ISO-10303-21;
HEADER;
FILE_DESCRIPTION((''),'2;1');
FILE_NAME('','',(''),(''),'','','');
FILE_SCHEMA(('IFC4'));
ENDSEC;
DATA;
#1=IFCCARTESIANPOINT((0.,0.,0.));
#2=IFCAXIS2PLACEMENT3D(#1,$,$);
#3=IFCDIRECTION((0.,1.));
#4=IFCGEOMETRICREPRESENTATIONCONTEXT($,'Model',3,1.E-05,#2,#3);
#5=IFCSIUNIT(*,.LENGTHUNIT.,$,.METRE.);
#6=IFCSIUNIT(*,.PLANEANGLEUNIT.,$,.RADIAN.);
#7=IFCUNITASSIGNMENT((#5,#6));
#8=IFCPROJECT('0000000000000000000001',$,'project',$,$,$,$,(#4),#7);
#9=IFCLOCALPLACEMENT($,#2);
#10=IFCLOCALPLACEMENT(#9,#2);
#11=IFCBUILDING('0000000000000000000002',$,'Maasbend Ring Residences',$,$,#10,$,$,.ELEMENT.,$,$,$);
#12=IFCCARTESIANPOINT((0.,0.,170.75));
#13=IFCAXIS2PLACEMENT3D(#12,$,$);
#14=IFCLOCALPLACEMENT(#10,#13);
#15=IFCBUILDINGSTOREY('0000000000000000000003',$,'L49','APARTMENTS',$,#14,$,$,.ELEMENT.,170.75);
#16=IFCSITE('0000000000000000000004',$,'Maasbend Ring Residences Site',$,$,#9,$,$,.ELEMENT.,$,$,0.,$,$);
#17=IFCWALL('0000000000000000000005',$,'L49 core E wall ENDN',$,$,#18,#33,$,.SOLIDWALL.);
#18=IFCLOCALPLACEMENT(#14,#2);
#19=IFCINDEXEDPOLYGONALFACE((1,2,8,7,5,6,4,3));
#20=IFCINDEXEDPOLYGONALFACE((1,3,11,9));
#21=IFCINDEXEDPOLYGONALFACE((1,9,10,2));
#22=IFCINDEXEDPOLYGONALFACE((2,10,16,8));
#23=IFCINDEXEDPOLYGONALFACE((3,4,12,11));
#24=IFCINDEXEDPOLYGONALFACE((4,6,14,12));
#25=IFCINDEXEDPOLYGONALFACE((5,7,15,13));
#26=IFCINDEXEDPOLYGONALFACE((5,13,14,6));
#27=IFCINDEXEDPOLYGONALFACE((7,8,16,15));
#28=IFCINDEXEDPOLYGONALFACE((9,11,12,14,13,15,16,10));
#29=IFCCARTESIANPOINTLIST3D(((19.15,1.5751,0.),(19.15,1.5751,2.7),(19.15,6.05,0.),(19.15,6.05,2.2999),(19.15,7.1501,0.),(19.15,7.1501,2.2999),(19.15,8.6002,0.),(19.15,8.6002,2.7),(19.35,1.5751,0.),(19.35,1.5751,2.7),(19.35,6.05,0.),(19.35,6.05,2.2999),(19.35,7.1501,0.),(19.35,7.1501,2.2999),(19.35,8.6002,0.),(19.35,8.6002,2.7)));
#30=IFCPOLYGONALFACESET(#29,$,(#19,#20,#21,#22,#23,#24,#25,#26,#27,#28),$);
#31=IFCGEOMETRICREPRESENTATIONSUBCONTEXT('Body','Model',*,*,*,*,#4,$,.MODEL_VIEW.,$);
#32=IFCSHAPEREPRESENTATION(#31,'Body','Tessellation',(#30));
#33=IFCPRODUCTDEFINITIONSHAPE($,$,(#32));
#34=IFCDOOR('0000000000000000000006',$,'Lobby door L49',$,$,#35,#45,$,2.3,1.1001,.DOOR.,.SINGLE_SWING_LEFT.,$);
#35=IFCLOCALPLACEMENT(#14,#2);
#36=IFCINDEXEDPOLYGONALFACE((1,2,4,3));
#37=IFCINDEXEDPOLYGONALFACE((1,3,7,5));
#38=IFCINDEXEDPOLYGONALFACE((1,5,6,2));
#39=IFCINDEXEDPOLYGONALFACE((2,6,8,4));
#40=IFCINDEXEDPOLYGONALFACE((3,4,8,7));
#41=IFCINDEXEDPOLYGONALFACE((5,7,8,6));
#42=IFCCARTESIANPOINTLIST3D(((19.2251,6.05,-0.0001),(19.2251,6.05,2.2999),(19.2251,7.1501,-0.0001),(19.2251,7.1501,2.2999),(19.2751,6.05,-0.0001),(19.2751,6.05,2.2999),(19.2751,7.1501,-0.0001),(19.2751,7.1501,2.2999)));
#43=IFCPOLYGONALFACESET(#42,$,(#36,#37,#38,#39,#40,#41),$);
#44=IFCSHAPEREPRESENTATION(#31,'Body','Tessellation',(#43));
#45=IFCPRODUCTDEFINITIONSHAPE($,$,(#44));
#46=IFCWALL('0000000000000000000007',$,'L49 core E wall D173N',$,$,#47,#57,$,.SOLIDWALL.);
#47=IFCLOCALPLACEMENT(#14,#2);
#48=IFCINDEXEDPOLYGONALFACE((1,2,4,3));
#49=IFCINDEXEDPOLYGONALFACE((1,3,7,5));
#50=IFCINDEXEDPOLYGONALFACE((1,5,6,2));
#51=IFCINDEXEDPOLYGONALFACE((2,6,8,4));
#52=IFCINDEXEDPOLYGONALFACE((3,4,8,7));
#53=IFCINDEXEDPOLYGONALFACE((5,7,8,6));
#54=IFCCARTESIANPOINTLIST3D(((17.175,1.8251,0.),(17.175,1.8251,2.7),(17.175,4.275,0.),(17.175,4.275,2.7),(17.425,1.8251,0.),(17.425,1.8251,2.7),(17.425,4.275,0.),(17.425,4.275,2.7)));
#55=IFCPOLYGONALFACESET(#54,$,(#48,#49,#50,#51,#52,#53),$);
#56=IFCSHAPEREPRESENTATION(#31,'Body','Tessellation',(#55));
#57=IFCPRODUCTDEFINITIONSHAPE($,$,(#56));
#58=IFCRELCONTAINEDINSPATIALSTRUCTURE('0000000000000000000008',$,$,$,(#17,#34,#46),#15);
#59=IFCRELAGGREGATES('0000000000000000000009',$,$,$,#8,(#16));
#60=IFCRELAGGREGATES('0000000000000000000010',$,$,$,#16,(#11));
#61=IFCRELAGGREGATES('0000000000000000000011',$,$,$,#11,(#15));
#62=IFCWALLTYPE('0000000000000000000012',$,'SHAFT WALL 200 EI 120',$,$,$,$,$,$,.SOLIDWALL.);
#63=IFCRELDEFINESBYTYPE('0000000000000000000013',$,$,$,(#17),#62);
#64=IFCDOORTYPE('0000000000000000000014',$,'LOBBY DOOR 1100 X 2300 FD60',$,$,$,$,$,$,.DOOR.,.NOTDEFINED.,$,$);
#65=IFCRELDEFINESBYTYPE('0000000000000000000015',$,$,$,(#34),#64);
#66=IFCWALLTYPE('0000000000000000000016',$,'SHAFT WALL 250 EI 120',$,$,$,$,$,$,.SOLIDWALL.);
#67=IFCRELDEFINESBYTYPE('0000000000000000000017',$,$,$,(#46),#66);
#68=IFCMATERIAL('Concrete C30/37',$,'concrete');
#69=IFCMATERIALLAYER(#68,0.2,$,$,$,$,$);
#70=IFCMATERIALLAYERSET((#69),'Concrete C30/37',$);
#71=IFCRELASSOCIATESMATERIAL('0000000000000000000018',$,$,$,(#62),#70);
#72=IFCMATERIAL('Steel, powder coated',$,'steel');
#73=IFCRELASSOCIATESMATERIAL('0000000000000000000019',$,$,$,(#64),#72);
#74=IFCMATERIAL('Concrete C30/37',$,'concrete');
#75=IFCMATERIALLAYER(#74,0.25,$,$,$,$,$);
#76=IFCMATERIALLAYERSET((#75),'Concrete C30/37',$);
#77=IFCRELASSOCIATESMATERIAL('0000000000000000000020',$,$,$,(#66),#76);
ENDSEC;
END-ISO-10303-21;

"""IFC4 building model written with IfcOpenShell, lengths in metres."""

from ifc_helpers import new_model, si_unit, direction, frame, frame_2d, origin, place, context, subcontext, project, spatial, rectangle, extrude, material, layer, layer_set, type_object, element, fill, save


model = new_model("IFC4")

# Units and contexts
model_context = context("Model", 3, precision=1e-05, world=origin(), true_north=direction((0.0, 1.0)))
body_context = subcontext(model_context, "Body", "Model", "MODEL_VIEW")
ifc_project = project(units=[si_unit("LENGTHUNIT", "METRE"), si_unit("PLANEANGLEUNIT", "RADIAN")], contexts=[model_context])

# Site, building, storey
site_placement = place(None, origin())
site = spatial("IfcSite", under=ifc_project, at=site_placement, Name="Maasbend Ring Residences Site", CompositionType="ELEMENT", RefElevation=0.0)
building_placement = place(site_placement, origin())
building = spatial("IfcBuilding", under=site, at=building_placement, Name="Maasbend Ring Residences", CompositionType="ELEMENT")
storey_placement = place(building_placement, frame((0.0, 0.0, 170.75)))
storey = spatial("IfcBuildingStorey", under=building, at=storey_placement, Name="L49", Description="APARTMENTS", CompositionType="ELEMENT", Elevation=170.75)

# Wall, opening, door
ifc_material_1 = material(Name="Concrete C30/37", Category="concrete")
ifc_layer_1 = layer(ifc_material_1, 0.2)
ifc_layer_set_1 = layer_set([ifc_layer_1], Name="Concrete C30/37")
wall_type_1 = type_object("IfcWallType", Name="SHAFT WALL 200 EI 120", PredefinedType="SOLIDWALL", material=ifc_layer_set_1)
wall_1_placement = place(storey_placement, frame((19.25, 1.575, 0.0), z_axis=(0.0, 0.0, 1.0), x_axis=(0.0, 1.0, 0.0)))
wall_1 = element("IfcWall", 1, at=wall_1_placement, inside=storey, type_object=wall_type_1, Name="L49 core E wall ENDN", PredefinedType="SOLIDWALL", context=body_context, shape_type="SweptSolid", body=[
    extrude(rectangle(XDim=7.0251, YDim=0.2, at=frame_2d((3.5127, 0.0))), origin(), (0.0, 0.0, 1.0), 2.7),
])
opening_1_placement = place(wall_1_placement, frame((4.4751, 0.0, 0.0)))
opening_1 = element("IfcOpeningElement", 2, at=opening_1_placement, cuts=wall_1, PredefinedType="OPENING", context=body_context, shape_type="SweptSolid", body=[
    extrude(rectangle(XDim=1.1001, YDim=2.3, at=frame_2d((0.55, 1.1499))), frame((0.0, 0.1099, 0.0), z_axis=(0.0, -1.0, 0.0), x_axis=(1.0, 0.0, 0.0)), (0.0, 0.0, 1.0), 0.22),
])
ifc_material_2 = material(Name="Steel, powder coated", Category="steel")
door_type_1 = type_object("IfcDoorType", Name="LOBBY DOOR 1100 X 2300 FD60", OperationType="NOTDEFINED", PredefinedType="DOOR", material=ifc_material_2)
door_1_placement = place(opening_1_placement, origin())
door_1 = element("IfcDoor", 3, at=door_1_placement, inside=storey, type_object=door_type_1, Name="Lobby door L49", OperationType="SINGLE_SWING_LEFT", OverallHeight=2.3, OverallWidth=1.1001, PredefinedType="DOOR", context=body_context, shape_type="SweptSolid", body=[
    extrude(rectangle(XDim=1.1001, YDim=2.3, at=frame_2d((0.55, 1.1499))), frame((0.0, 0.0249, 0.0), z_axis=(0.0, -1.0, 0.0), x_axis=(1.0, 0.0, 0.0)), (0.0, 0.0, 1.0), 0.05),
])
fill(opening_1, door_1)

# Wall
ifc_material_3 = material(Name="Concrete C30/37", Category="concrete")
ifc_layer_2 = layer(ifc_material_3, 0.25)
ifc_layer_set_2 = layer_set([ifc_layer_2], Name="Concrete C30/37")
wall_type_2 = type_object("IfcWallType", Name="SHAFT WALL 250 EI 120", PredefinedType="SOLIDWALL", material=ifc_layer_set_2)
wall_2_placement = place(storey_placement, frame((17.3, 1.825, 0.0), z_axis=(0.0, 0.0, 1.0), x_axis=(0.0, 1.0, 0.0)))
element("IfcWall", 4, at=wall_2_placement, inside=storey, type_object=wall_type_2, Name="L49 core E wall D173N", PredefinedType="SOLIDWALL", context=body_context, shape_type="SweptSolid", body=[
    extrude(rectangle(XDim=2.45, YDim=0.25, at=frame_2d((1.2251, 0.0))), origin(), (0.0, 0.0, 1.0), 2.7),
])

save(model, "model.ifc")
